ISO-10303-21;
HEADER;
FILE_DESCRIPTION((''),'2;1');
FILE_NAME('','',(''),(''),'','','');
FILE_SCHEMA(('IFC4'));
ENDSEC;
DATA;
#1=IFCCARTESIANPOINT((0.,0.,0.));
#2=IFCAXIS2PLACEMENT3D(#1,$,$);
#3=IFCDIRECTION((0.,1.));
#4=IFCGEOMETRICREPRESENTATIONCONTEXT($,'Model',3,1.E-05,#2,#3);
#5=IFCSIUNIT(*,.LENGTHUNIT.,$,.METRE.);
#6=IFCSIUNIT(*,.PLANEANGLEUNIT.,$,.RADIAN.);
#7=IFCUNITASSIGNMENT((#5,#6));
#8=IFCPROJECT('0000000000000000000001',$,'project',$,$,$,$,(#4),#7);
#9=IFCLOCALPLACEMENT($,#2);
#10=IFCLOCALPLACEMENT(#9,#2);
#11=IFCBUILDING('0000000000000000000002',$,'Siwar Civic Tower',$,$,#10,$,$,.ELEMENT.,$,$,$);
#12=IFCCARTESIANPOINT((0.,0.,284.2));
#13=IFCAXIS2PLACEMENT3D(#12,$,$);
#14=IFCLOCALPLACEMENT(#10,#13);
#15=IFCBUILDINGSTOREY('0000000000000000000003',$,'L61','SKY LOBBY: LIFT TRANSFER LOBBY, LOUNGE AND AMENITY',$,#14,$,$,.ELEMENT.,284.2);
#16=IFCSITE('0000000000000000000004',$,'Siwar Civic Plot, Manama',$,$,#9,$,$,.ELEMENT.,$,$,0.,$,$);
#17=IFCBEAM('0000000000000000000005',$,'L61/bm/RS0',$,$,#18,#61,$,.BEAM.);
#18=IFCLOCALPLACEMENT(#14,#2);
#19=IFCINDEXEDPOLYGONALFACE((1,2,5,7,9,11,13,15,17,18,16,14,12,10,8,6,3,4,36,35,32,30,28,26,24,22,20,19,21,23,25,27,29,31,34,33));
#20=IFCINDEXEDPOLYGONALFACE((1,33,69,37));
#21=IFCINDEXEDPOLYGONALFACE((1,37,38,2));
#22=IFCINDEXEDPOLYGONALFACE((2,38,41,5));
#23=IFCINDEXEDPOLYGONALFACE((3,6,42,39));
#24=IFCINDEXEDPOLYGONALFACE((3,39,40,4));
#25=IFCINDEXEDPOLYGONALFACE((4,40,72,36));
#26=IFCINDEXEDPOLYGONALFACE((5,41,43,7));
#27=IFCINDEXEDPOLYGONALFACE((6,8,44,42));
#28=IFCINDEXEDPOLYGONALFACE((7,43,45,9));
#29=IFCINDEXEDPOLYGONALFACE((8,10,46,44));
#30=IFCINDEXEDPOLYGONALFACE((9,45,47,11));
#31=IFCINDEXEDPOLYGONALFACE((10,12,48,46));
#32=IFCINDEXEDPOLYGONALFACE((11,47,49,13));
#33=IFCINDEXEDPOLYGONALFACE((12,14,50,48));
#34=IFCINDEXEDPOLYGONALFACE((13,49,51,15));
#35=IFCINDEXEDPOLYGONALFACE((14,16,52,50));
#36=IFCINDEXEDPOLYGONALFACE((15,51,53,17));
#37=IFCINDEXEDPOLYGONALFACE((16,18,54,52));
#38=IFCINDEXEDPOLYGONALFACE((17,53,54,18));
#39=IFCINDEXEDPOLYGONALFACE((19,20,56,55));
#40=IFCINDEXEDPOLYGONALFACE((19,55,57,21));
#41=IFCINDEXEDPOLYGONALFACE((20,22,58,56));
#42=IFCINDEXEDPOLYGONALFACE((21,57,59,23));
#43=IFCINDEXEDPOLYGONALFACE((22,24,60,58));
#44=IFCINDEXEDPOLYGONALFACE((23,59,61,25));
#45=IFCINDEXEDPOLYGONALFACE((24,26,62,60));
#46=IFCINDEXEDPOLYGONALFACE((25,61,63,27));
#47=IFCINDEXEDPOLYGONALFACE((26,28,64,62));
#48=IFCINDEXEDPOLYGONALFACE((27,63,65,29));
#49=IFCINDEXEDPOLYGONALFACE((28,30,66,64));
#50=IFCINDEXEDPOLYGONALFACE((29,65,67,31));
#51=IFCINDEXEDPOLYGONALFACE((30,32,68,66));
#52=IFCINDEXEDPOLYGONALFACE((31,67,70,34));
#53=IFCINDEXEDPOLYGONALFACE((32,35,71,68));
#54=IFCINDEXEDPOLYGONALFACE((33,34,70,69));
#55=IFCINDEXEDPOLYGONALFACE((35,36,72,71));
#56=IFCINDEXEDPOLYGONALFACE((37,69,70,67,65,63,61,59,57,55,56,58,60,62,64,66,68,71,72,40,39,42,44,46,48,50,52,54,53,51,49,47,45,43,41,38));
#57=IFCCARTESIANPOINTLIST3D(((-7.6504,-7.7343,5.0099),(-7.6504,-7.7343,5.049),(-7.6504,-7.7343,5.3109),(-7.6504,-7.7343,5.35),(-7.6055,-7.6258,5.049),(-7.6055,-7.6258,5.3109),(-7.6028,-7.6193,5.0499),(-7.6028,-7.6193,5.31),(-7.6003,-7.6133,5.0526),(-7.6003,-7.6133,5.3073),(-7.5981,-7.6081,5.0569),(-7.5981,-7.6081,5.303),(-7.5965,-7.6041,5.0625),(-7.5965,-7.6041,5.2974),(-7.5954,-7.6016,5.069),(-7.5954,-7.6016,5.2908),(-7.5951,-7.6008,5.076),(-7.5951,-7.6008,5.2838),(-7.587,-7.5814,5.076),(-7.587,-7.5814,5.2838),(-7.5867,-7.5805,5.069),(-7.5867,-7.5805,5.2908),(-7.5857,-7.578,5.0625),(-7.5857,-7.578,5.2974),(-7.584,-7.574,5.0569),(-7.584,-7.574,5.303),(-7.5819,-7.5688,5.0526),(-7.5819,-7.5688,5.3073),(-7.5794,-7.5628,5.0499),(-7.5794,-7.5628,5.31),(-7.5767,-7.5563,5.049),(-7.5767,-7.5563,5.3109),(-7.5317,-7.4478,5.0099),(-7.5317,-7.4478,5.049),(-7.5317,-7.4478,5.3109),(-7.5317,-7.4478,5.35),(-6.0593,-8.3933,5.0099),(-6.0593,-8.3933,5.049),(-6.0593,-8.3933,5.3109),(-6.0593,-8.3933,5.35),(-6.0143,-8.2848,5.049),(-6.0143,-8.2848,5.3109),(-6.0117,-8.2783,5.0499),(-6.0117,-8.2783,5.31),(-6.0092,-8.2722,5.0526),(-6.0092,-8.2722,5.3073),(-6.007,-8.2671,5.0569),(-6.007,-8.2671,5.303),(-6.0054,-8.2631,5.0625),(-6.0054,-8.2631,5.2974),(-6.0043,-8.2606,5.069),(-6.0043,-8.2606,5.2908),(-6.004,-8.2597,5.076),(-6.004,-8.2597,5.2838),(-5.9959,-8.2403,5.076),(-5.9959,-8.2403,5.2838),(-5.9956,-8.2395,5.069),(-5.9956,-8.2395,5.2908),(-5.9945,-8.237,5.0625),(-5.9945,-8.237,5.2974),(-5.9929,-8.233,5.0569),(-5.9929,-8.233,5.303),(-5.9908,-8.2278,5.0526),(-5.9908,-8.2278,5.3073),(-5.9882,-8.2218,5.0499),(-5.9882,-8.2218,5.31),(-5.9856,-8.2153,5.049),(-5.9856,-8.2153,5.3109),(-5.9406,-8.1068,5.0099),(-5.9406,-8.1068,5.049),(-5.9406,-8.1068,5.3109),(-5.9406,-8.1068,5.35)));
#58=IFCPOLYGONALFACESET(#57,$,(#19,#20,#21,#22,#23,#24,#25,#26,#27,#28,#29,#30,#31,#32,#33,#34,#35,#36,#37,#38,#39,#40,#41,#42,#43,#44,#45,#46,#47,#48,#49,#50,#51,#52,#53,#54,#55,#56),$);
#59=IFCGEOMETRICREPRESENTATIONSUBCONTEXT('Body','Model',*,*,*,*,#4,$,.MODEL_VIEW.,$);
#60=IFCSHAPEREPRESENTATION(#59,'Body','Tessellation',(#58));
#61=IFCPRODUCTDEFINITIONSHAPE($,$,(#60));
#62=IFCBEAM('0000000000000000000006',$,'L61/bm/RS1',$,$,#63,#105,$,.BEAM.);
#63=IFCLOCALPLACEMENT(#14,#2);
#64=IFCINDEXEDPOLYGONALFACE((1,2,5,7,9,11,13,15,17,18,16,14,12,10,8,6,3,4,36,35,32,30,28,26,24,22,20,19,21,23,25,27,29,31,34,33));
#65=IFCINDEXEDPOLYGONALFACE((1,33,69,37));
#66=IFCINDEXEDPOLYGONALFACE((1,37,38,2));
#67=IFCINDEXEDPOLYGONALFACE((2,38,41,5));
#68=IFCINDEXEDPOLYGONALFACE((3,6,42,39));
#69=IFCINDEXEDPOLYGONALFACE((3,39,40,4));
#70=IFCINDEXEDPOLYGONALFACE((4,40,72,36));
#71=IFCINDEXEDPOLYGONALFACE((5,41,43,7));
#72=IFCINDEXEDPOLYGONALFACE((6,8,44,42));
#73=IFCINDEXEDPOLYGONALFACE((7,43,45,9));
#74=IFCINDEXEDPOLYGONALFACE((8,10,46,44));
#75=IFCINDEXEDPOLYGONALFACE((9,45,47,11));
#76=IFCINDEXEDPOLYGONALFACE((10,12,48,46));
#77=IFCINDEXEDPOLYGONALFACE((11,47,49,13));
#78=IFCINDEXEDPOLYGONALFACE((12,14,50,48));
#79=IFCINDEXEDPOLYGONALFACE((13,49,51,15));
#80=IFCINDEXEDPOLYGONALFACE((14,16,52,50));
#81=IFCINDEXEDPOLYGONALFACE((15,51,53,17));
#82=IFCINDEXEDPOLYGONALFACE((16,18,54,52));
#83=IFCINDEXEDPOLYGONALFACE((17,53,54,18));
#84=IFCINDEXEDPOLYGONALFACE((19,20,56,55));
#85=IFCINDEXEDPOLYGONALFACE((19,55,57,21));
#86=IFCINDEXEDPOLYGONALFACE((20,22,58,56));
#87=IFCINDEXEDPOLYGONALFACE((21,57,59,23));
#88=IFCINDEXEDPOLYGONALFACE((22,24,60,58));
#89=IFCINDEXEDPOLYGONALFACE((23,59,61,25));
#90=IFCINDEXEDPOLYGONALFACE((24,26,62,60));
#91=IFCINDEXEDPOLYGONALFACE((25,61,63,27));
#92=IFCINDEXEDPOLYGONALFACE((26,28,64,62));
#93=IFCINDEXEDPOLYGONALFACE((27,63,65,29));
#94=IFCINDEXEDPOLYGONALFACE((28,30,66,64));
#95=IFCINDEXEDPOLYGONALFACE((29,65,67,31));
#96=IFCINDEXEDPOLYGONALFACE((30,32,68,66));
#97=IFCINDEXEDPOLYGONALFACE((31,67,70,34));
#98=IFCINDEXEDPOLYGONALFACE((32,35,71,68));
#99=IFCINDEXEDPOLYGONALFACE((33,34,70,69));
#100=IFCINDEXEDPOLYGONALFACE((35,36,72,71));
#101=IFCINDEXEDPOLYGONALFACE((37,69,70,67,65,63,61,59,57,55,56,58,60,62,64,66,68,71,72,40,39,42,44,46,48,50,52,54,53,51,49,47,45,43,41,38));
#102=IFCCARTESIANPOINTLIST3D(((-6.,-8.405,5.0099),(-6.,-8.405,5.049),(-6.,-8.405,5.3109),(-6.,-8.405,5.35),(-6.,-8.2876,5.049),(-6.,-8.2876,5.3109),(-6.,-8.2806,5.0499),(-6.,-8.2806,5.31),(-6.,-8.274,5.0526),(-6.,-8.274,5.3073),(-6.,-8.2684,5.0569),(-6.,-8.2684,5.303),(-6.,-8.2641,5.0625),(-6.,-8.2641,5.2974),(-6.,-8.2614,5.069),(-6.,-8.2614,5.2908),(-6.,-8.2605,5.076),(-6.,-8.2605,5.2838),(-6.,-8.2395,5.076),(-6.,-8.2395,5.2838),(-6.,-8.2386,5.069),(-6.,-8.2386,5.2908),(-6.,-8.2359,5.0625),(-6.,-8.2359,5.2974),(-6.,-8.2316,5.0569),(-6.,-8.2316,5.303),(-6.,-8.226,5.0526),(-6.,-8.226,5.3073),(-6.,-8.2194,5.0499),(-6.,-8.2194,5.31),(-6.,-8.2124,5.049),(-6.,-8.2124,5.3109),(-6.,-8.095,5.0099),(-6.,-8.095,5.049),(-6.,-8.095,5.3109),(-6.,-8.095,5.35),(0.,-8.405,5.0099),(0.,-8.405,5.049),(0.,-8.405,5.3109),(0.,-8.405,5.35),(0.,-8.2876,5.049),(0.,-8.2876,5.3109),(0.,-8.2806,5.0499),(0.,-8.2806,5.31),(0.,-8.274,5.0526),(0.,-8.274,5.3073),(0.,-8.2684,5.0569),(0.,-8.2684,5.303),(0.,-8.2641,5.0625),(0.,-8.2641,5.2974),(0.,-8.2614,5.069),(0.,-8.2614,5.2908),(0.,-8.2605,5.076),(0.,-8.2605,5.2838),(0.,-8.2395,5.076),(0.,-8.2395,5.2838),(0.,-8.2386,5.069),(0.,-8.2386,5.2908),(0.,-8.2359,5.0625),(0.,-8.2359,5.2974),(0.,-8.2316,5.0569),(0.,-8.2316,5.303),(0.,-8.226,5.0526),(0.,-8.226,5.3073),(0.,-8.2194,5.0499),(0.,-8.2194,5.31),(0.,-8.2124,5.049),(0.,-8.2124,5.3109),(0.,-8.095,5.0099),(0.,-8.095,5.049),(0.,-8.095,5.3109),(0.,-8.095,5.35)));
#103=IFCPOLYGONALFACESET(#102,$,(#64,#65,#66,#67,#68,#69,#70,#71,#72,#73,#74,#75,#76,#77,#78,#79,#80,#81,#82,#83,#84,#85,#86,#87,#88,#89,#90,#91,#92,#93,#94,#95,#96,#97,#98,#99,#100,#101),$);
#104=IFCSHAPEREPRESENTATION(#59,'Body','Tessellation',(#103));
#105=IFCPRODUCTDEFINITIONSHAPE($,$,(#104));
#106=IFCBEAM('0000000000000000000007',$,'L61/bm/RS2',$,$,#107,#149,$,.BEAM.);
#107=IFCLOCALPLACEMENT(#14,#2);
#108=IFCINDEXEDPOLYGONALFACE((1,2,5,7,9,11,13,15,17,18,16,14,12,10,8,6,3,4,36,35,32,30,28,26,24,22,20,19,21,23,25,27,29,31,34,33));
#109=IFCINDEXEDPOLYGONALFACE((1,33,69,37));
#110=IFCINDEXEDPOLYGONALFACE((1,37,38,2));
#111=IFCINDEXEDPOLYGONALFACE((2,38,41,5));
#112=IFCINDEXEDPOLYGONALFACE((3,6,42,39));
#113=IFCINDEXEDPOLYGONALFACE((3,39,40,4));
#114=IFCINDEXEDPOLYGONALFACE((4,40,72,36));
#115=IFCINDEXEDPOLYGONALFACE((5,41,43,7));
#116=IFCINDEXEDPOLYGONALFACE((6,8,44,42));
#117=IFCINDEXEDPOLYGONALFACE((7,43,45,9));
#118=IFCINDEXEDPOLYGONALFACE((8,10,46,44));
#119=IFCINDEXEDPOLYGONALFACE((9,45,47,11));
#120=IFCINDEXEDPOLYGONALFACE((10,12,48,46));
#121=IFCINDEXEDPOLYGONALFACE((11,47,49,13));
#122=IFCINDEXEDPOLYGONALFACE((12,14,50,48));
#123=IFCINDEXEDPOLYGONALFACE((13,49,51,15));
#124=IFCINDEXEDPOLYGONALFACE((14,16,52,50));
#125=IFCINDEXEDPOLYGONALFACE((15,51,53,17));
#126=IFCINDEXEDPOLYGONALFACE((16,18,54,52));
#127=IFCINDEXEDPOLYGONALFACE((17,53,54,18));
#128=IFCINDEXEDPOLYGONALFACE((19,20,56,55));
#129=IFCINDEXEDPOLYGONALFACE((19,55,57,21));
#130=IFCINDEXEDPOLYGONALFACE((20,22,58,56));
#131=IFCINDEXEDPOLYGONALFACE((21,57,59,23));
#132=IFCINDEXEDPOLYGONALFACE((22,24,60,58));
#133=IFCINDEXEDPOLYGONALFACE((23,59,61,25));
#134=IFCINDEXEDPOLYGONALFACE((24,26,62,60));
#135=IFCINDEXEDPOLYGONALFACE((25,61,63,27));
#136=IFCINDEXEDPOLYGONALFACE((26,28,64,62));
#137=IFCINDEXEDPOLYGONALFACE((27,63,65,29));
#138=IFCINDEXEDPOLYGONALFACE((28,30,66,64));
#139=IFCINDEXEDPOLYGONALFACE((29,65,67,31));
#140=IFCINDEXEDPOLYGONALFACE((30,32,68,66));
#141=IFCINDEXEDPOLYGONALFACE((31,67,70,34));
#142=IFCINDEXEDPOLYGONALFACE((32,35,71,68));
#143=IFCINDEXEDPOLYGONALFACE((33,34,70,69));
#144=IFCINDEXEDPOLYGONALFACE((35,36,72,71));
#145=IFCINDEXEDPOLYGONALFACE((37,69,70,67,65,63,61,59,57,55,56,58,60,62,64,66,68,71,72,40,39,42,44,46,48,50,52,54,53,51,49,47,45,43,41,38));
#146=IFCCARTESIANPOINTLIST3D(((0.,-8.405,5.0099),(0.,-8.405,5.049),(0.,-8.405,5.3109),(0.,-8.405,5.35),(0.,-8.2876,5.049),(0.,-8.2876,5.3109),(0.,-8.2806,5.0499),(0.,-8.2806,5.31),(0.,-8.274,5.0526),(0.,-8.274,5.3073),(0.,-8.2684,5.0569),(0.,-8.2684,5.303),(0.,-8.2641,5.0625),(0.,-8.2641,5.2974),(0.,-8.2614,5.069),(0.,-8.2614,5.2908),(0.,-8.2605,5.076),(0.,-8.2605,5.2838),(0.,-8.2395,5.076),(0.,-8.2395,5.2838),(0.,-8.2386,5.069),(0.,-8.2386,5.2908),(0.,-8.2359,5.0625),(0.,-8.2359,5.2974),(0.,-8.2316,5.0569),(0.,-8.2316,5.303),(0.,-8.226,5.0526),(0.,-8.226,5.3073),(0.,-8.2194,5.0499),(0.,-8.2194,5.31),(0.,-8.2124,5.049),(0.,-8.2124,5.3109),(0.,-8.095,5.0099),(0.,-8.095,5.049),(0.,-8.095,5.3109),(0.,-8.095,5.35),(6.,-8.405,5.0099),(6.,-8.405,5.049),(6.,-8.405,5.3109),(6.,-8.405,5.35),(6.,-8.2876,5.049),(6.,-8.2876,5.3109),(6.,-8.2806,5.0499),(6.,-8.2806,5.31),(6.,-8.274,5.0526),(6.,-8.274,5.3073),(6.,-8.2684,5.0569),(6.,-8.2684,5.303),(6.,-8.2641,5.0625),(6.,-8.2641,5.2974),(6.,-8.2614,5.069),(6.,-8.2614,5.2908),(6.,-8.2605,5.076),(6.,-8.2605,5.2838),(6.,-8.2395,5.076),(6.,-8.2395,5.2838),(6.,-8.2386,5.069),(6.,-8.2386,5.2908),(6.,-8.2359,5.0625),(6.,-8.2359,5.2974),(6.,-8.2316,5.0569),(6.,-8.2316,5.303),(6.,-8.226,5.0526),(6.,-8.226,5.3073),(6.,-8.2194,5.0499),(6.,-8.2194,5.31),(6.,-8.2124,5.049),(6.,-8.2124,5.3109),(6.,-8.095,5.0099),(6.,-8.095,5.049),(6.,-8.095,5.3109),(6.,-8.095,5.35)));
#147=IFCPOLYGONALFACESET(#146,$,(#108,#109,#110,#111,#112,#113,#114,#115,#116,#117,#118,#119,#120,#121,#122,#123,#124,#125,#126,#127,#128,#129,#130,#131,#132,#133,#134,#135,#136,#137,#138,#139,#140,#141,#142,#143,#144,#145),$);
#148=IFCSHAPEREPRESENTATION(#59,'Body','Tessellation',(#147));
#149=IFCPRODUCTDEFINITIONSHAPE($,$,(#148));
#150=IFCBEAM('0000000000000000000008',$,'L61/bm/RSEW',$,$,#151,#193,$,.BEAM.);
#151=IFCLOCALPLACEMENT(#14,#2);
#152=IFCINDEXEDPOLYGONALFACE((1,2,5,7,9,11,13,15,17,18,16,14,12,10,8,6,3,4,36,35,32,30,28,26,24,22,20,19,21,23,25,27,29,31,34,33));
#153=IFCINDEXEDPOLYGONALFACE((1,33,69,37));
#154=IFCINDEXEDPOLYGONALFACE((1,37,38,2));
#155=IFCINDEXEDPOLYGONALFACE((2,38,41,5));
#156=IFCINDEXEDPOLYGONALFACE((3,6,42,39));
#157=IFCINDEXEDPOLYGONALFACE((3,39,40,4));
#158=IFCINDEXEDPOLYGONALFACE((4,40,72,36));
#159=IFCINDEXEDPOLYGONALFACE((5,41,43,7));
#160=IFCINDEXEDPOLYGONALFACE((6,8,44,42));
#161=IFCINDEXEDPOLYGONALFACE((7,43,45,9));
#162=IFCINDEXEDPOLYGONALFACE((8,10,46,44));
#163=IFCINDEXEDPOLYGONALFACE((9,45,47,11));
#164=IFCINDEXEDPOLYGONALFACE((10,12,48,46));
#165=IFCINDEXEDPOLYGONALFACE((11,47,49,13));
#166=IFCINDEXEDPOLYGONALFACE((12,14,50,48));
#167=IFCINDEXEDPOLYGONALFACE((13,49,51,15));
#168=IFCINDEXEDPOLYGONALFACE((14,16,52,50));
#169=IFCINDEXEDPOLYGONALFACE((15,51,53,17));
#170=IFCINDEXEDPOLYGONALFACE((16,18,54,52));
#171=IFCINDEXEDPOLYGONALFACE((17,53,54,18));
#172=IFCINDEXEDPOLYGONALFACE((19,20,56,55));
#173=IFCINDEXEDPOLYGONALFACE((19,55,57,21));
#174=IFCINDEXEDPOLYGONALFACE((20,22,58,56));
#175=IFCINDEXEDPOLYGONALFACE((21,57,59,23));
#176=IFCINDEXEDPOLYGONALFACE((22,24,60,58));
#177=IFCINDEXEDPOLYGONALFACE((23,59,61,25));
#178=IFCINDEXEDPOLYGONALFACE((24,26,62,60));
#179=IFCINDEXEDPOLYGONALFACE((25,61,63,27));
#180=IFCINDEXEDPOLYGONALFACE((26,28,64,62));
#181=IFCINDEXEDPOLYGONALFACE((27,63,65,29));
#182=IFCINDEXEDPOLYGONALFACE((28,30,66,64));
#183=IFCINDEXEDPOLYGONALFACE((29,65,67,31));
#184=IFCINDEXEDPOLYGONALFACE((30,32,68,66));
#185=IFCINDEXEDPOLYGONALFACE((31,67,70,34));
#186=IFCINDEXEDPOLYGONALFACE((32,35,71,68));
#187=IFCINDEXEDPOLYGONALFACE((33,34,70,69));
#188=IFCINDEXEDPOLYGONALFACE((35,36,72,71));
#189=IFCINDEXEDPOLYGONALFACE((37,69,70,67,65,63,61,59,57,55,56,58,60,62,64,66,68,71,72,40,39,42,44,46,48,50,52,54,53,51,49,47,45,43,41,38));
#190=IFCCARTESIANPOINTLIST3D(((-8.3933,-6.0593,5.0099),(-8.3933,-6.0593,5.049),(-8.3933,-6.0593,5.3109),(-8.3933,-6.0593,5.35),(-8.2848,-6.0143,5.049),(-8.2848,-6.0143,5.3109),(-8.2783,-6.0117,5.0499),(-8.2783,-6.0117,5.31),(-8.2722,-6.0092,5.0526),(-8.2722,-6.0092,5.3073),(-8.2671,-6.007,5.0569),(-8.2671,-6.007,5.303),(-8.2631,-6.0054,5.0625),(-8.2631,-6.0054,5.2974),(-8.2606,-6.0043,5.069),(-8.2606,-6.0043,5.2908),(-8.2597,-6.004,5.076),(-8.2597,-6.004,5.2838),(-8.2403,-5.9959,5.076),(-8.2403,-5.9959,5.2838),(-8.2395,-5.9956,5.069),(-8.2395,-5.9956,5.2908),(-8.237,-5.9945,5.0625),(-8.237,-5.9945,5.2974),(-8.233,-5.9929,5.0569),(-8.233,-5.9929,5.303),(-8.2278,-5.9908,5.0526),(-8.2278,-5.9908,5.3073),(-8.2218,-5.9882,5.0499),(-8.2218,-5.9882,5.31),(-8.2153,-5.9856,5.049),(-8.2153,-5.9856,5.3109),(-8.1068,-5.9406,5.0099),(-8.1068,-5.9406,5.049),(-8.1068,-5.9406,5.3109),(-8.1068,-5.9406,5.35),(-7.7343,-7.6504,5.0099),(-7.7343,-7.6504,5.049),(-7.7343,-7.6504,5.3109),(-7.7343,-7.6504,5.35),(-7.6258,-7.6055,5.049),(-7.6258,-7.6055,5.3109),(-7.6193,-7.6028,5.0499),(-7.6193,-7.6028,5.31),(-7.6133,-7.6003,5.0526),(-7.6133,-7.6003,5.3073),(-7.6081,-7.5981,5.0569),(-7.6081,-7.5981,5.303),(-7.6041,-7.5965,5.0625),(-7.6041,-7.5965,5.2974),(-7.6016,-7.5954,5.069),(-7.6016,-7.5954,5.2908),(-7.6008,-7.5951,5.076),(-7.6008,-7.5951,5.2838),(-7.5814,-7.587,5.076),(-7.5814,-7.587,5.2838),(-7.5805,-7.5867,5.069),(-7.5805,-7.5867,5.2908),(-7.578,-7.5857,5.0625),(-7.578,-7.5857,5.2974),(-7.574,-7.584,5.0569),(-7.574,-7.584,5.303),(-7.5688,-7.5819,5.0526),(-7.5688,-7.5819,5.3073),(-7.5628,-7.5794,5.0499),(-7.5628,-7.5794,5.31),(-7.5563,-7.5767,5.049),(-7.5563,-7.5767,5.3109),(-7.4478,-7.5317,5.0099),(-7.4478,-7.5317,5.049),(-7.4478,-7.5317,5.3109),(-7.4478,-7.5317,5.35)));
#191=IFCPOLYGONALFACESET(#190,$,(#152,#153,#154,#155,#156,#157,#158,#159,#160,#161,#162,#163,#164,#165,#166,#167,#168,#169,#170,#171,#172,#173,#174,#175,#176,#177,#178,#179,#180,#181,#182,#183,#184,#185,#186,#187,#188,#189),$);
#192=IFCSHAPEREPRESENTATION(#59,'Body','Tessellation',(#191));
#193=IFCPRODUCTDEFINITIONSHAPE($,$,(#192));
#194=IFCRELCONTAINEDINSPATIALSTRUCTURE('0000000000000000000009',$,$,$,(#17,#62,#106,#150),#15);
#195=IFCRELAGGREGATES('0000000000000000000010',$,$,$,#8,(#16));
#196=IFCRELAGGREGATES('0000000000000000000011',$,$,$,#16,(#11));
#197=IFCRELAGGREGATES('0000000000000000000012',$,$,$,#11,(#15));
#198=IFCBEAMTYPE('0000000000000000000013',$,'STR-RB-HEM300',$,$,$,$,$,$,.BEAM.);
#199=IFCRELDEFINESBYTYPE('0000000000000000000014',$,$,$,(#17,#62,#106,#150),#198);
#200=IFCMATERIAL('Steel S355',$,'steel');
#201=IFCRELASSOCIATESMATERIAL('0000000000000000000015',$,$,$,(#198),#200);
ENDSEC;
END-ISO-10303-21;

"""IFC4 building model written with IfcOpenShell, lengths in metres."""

from ifc_helpers import new_model, si_unit, direction, frame, origin, origin_2d, place, context, subcontext, project, spatial, i_section, extrude, material, material_profile, profile_set, type_object, element, save


model = new_model("IFC4")

# Units and contexts
model_context = context("Model", 3, precision=1e-05, world=origin(), true_north=direction((0.0, 1.0)))
body_context = subcontext(model_context, "Body", "Model", "MODEL_VIEW")
ifc_project = project(units=[si_unit("LENGTHUNIT", "METRE"), si_unit("PLANEANGLEUNIT", "RADIAN")], contexts=[model_context])

# Site, building, storey
site_placement = place(None, origin())
site = spatial("IfcSite", under=ifc_project, at=site_placement, Name="Siwar Civic Plot, Manama", CompositionType="ELEMENT", RefElevation=0.0)
building_placement = place(site_placement, origin())
building = spatial("IfcBuilding", under=site, at=building_placement, Name="Siwar Civic Tower", CompositionType="ELEMENT")
storey_placement = place(building_placement, frame((0.0, 0.0, 284.2)))
storey = spatial("IfcBuildingStorey", under=building, at=storey_placement, Name="L61", Description="SKY LOBBY: LIFT TRANSFER LOBBY, LOUNGE AND AMENITY", CompositionType="ELEMENT", Elevation=284.2)

# Beams
ifc_material_1 = material(Name="Steel S355", Category="steel")
ifc_material_profile_1 = material_profile(ifc_material_1, i_section(OverallWidth=0.3101, OverallDepth=0.3401, WebThickness=0.021, FlangeThickness=0.0391, FilletRadius=0.0271, at=origin_2d()), Name="HEM300")
ifc_profile_set_1 = profile_set([ifc_material_profile_1], Name="Steel S355")
beam_type_1 = type_object("IfcBeamType", Name="STR-RB-HEM300", PredefinedType="BEAM", material=ifc_profile_set_1)
beam_1_placement = place(storey_placement, frame((-7.5911, -7.5911, 5.1799), z_axis=(0.923901, -0.382631, 0.0), x_axis=(0.382631, 0.923901, 0.0)))
element("IfcBeam", 1, at=beam_1_placement, inside=storey, type_object=beam_type_1, Name="L61/bm/RS0", PredefinedType="BEAM", context=body_context, shape_type="SweptSolid", body=[
    extrude(i_section(OverallWidth=0.3101, OverallDepth=0.3401, WebThickness=0.021, FlangeThickness=0.0391, FilletRadius=0.0271, at=origin_2d()), origin(), (0.0, 0.0, 1.0), 1.7222),
])
for number, where, z_axis, x_axis, name in (
    (2, (-6.0, -8.25, 5.1799), (1.0, 0.0, 0.0), (0.0, 1.0, 0.0), "L61/bm/RS1"),
    (3, (0.0, -8.25, 5.1799), (1.0, 0.0, 0.0), (0.0, 1.0, 0.0), "L61/bm/RS2"),
):
    element("IfcBeam", number, at=place(storey_placement, frame(where, z_axis=z_axis, x_axis=x_axis)), inside=storey, type_object=beam_type_1, Name=name, PredefinedType="BEAM", context=body_context, shape_type="SweptSolid", body=[
        extrude(i_section(OverallWidth=0.3101, OverallDepth=0.3401, WebThickness=0.021, FlangeThickness=0.0391, FilletRadius=0.0271, at=origin_2d()), origin(), (0.0, 0.0, 1.0), 6.0),
    ])
beam_2_placement = place(storey_placement, frame((-7.5911, -7.5911, 5.1799), z_axis=(-0.382631, 0.923901, 0.0), x_axis=(-0.923901, -0.382631, 0.0)))
element("IfcBeam", 4, at=beam_2_placement, inside=storey, type_object=beam_type_1, Name="L61/bm/RSEW", PredefinedType="BEAM", context=body_context, shape_type="SweptSolid", body=[
    extrude(i_section(OverallWidth=0.3101, OverallDepth=0.3401, WebThickness=0.021, FlangeThickness=0.0391, FilletRadius=0.0271, at=origin_2d()), origin(), (0.0, 0.0, 1.0), 1.7222),
])

save(model, "model.ifc")
